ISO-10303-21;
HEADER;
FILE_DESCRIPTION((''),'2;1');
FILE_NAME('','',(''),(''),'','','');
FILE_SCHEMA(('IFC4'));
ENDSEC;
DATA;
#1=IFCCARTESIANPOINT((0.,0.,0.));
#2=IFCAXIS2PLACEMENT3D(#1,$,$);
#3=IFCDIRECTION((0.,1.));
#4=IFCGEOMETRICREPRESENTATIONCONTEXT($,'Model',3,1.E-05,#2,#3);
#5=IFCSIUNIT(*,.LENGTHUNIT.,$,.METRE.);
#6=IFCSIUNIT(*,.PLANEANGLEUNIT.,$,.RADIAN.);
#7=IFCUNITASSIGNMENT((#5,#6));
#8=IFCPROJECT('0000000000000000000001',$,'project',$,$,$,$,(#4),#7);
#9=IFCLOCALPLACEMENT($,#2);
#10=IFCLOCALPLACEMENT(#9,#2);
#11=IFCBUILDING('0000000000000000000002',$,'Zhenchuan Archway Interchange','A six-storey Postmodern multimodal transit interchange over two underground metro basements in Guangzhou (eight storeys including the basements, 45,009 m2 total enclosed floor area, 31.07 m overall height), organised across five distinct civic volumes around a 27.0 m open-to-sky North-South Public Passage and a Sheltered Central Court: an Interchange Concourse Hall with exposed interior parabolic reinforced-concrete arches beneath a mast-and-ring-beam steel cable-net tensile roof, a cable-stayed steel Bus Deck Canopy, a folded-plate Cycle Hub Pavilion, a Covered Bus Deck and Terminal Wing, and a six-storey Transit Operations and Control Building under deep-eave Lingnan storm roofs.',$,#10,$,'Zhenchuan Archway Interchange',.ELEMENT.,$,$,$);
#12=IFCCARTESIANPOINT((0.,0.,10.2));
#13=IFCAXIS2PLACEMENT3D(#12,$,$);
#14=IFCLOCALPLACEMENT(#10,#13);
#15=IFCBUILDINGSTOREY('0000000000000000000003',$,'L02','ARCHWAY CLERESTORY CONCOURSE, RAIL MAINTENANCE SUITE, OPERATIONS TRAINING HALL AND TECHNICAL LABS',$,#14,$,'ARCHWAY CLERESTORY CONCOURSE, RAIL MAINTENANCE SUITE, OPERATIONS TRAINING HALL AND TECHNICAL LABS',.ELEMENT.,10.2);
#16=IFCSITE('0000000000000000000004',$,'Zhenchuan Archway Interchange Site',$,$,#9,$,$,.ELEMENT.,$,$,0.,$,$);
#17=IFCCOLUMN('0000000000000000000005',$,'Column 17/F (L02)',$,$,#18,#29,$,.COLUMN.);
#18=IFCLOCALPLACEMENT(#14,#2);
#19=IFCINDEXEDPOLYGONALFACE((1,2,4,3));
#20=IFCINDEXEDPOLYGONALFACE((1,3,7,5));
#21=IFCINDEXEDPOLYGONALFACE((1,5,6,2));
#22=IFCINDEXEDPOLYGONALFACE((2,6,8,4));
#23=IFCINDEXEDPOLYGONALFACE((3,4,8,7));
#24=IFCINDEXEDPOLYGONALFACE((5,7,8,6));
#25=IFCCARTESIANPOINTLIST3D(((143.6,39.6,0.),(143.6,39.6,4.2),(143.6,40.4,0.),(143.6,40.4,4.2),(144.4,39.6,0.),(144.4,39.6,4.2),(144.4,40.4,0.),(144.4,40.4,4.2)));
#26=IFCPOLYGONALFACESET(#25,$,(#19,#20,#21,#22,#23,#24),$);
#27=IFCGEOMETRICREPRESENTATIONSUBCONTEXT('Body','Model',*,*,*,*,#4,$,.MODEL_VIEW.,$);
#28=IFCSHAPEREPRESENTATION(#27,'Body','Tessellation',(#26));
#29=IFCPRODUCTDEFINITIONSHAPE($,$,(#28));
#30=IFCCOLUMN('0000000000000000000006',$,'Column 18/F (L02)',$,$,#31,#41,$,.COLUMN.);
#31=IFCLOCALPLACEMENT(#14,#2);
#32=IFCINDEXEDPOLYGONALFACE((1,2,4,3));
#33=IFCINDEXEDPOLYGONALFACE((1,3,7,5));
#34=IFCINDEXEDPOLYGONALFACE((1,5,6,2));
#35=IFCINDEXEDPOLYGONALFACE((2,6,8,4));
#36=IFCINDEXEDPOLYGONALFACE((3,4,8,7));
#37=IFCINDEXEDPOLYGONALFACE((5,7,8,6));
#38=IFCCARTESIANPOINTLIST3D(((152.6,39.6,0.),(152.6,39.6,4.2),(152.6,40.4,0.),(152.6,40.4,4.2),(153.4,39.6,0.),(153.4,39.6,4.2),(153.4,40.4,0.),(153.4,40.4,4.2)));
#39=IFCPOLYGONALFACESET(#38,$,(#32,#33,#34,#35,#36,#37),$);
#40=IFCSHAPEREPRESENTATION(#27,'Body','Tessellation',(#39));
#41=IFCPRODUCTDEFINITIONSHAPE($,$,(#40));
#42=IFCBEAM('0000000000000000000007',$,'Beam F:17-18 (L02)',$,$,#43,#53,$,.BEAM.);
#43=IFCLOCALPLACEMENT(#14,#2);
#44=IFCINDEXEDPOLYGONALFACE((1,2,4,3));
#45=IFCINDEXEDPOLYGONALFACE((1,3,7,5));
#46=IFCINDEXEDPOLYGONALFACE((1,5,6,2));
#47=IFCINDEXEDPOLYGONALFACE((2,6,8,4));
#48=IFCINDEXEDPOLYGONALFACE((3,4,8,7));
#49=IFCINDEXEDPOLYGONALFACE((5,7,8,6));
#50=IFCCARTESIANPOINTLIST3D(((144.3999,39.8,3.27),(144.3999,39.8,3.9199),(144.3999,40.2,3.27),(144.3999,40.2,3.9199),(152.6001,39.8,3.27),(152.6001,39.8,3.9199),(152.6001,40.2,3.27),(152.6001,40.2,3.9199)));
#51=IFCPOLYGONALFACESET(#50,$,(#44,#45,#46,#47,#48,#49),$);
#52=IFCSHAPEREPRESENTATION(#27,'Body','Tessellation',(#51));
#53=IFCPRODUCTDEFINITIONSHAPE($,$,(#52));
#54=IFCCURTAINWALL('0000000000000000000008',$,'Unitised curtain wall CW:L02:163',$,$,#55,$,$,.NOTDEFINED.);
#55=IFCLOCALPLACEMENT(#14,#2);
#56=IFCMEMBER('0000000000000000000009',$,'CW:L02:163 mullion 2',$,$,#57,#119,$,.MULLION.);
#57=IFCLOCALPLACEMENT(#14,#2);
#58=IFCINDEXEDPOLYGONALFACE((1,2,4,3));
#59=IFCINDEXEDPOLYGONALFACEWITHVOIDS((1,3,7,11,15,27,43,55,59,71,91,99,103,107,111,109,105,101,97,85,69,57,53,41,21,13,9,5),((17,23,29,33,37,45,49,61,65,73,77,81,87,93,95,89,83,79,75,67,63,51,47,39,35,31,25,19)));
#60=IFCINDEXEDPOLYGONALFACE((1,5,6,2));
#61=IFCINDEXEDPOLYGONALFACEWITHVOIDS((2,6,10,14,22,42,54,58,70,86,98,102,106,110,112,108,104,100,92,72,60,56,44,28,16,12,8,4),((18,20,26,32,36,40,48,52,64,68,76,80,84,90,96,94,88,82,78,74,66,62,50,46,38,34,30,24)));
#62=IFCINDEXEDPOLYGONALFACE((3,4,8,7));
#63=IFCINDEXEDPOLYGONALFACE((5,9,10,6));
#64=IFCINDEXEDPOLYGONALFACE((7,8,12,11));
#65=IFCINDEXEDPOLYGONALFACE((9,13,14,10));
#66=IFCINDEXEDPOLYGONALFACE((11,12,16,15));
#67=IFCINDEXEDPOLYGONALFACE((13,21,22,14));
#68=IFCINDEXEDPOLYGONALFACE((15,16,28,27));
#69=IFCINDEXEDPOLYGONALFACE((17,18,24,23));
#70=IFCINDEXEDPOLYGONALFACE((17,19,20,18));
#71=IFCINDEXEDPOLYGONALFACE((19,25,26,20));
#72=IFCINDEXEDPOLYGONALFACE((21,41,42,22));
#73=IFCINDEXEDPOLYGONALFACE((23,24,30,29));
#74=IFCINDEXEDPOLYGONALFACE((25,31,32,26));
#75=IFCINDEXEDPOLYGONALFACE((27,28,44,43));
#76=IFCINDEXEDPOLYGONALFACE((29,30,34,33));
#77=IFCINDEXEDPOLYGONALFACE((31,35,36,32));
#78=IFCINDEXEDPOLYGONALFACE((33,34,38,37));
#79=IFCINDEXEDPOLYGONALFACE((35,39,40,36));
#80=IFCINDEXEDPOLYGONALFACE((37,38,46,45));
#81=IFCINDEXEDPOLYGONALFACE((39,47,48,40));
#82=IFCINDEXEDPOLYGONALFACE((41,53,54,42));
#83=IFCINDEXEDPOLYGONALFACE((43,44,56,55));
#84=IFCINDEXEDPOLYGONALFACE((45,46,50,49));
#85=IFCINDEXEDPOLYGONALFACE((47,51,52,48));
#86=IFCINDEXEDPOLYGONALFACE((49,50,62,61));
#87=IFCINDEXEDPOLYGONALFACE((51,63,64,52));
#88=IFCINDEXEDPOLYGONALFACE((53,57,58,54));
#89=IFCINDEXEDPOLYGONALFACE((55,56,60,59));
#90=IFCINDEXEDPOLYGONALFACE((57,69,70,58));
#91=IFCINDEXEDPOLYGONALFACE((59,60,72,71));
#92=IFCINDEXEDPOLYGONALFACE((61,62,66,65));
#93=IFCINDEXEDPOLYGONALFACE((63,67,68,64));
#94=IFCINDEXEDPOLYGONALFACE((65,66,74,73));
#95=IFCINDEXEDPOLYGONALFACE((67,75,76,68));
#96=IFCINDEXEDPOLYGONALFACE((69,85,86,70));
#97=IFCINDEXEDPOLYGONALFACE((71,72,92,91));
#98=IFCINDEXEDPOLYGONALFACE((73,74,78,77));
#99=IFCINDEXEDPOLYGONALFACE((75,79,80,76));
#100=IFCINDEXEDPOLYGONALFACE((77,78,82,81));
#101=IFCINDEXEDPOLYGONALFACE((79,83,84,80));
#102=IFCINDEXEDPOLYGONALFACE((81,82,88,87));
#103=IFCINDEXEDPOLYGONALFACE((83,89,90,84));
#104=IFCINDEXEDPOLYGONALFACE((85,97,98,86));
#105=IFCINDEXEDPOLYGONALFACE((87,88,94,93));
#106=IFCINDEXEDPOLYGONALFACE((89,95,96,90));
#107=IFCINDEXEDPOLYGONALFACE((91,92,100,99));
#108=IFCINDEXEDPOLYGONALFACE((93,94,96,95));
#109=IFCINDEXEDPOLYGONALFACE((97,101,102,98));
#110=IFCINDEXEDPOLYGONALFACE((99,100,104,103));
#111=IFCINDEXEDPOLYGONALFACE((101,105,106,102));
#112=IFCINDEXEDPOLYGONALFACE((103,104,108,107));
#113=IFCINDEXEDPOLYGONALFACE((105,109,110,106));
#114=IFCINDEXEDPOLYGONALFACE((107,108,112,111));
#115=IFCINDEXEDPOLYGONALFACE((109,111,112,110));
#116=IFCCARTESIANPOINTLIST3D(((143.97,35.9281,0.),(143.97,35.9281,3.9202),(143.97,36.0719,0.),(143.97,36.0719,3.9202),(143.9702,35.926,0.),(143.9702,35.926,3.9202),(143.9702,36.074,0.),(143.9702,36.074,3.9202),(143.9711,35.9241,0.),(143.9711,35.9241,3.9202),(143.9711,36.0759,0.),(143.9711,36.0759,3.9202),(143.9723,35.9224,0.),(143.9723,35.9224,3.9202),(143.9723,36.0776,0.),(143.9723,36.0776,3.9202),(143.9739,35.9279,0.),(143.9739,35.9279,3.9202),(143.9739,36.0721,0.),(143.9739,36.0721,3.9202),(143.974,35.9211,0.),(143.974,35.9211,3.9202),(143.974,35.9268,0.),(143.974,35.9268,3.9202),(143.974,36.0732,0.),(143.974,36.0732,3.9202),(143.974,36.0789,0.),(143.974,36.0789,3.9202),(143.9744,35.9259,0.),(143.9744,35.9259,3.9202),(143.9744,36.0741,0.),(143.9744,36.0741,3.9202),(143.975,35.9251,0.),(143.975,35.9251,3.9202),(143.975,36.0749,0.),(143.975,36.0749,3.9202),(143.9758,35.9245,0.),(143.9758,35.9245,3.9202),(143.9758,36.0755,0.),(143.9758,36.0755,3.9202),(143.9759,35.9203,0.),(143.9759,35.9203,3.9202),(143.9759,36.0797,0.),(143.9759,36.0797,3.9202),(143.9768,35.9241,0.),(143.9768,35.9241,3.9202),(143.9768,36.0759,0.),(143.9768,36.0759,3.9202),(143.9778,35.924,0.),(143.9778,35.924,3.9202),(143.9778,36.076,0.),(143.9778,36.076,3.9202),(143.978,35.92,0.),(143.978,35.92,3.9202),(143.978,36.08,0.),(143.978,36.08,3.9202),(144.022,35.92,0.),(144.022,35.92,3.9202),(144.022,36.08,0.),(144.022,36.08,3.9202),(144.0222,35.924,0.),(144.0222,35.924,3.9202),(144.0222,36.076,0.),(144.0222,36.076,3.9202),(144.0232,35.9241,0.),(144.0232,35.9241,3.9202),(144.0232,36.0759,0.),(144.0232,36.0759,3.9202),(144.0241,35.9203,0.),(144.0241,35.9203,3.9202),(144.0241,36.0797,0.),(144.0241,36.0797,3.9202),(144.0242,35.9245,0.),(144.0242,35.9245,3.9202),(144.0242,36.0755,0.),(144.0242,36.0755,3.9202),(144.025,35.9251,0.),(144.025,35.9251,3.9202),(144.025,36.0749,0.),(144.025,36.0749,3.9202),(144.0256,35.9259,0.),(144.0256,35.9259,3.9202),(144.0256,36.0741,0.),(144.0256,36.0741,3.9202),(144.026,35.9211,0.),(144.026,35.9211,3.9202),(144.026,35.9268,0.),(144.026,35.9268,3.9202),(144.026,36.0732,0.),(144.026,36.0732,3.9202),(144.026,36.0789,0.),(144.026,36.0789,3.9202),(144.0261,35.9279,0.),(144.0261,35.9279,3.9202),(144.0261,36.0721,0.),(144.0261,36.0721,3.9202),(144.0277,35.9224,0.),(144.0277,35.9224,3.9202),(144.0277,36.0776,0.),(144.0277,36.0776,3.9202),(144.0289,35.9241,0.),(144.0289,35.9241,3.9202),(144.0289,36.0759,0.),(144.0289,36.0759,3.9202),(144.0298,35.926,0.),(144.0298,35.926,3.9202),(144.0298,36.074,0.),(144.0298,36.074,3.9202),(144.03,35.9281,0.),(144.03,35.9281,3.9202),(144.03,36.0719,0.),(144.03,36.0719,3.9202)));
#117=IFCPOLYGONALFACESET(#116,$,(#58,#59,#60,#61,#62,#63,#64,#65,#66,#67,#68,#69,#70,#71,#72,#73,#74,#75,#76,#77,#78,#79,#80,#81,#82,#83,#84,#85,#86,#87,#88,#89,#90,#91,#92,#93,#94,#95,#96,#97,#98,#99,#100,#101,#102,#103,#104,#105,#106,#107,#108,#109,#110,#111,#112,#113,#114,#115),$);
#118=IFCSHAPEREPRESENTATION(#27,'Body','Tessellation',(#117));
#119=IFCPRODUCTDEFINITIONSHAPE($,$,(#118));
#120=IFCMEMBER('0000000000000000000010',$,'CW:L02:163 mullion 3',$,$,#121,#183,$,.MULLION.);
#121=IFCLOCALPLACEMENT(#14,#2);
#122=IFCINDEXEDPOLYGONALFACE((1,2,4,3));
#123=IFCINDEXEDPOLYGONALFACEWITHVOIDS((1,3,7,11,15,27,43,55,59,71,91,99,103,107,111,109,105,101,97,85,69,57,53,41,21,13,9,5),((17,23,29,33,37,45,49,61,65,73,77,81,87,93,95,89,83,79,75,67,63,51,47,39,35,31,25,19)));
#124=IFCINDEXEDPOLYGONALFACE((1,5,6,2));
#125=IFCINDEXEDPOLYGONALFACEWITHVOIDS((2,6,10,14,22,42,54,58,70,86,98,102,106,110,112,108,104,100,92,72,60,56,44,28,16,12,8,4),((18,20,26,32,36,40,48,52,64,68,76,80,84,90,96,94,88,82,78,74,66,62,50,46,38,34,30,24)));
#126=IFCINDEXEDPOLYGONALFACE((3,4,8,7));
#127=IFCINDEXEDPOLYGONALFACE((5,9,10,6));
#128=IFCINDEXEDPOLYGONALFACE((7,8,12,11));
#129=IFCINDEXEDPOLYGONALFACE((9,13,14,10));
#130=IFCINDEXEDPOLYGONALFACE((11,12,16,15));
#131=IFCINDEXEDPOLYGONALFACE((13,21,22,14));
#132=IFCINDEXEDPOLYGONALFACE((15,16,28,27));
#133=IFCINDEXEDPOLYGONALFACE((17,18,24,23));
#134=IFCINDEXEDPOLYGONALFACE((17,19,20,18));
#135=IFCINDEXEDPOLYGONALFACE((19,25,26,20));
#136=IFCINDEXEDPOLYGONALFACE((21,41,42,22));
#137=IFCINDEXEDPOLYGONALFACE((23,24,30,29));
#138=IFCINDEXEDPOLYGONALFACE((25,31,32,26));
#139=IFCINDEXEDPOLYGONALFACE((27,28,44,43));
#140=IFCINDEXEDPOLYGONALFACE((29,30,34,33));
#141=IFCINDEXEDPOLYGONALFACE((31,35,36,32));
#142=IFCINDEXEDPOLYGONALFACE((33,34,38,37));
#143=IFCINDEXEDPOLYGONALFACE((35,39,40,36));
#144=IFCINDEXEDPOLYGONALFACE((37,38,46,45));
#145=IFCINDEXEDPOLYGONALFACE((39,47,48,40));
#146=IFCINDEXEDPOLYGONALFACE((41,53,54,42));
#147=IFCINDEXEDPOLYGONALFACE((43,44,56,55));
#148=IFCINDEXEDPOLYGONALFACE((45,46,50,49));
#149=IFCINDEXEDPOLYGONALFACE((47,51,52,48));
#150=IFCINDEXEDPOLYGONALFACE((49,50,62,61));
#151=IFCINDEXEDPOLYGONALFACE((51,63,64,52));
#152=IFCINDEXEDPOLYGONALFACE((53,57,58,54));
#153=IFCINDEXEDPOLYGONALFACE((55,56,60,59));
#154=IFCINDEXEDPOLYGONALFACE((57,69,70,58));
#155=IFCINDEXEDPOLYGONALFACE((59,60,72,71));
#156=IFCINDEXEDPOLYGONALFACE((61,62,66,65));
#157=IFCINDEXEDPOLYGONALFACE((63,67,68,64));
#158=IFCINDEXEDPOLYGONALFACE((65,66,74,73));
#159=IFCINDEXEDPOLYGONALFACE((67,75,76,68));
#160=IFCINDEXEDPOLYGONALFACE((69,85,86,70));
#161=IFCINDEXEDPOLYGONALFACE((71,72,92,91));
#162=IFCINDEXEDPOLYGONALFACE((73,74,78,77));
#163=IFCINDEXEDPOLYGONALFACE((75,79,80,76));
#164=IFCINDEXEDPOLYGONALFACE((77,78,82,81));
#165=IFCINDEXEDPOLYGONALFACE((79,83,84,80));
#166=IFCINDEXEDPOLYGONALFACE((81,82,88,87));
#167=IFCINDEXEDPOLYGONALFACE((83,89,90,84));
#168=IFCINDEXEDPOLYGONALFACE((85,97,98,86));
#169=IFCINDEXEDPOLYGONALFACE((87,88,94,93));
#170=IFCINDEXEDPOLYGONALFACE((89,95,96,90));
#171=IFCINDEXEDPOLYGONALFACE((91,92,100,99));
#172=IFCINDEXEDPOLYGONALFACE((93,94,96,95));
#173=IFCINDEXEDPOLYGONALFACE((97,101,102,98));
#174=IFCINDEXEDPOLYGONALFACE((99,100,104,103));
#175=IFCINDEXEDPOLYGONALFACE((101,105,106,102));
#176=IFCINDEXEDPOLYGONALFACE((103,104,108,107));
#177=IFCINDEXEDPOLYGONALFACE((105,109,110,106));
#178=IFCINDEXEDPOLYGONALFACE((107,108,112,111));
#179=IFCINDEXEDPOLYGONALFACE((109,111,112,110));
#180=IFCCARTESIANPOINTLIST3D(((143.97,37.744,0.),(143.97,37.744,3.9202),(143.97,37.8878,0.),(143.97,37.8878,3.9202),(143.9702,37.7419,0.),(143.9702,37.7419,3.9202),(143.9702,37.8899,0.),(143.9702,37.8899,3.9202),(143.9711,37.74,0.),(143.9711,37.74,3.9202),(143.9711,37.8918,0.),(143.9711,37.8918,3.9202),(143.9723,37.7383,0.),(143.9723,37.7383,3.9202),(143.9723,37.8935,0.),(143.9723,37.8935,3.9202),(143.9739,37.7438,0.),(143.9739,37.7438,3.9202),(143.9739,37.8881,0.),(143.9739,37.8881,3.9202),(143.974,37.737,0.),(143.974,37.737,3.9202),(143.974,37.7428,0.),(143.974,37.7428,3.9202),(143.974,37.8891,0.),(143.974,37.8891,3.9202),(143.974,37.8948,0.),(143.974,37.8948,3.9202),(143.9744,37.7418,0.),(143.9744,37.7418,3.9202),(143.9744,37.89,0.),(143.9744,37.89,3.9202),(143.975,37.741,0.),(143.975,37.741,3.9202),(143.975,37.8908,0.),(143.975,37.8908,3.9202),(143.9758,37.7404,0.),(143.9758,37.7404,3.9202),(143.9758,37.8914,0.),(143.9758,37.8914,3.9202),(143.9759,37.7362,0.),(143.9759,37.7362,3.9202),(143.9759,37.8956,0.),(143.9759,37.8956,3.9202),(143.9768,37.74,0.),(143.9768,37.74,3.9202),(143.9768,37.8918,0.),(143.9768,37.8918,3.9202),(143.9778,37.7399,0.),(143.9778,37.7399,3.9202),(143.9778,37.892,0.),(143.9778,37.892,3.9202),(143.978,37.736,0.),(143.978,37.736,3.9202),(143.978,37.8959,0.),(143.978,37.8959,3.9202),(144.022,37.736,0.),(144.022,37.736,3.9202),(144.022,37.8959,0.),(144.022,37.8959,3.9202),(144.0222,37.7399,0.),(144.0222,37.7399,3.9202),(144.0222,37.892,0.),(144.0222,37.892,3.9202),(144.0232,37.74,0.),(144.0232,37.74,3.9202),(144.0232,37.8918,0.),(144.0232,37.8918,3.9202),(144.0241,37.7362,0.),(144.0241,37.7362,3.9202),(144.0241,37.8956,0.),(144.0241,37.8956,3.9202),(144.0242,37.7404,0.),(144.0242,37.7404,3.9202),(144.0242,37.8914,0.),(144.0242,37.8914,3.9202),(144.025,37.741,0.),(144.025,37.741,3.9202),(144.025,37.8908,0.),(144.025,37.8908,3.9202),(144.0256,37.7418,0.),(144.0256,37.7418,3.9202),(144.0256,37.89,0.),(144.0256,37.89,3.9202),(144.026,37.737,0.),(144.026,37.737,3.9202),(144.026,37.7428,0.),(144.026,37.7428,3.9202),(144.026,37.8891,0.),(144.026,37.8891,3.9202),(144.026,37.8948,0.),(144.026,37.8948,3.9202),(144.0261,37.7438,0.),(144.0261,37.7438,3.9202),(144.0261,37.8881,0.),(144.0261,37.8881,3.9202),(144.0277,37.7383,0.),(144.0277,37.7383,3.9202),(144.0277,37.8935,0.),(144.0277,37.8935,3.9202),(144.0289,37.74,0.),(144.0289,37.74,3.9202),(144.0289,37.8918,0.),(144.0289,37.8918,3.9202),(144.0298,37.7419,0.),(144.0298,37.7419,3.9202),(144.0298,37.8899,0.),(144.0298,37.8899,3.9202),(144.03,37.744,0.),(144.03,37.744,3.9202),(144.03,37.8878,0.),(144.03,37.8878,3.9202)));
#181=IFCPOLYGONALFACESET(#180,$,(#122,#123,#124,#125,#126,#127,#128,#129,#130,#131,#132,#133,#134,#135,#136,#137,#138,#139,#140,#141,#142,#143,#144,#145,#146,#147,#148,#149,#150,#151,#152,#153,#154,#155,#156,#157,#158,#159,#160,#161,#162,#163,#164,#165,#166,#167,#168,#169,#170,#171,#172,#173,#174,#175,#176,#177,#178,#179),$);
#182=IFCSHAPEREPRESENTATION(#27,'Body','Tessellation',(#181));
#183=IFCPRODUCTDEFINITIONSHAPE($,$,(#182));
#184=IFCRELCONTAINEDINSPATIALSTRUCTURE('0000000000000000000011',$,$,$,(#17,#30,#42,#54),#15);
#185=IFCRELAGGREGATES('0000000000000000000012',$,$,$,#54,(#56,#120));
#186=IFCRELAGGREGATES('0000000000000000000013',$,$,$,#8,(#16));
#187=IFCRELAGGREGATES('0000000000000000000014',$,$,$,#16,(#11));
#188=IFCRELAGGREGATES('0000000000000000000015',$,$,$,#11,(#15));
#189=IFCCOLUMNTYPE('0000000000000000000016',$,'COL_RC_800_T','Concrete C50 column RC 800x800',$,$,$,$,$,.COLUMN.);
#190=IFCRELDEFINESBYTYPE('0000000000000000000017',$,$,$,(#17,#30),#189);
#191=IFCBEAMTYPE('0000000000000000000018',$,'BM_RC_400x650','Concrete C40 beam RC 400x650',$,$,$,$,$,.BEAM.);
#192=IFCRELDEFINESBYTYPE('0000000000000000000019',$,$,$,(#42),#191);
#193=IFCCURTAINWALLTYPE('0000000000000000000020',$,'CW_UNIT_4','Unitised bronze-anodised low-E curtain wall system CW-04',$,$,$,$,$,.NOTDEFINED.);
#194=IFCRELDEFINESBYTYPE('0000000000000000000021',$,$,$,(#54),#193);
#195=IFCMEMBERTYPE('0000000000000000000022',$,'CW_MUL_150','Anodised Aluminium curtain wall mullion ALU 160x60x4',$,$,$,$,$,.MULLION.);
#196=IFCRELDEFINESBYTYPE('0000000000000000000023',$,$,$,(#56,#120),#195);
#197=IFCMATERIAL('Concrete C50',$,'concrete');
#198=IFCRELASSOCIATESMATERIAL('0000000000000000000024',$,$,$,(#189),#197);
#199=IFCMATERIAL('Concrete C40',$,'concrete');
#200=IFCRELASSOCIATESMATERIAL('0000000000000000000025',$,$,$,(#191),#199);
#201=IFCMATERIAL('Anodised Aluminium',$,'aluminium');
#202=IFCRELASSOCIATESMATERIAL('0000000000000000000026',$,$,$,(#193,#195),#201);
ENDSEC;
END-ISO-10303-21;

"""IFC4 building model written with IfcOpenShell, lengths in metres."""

from ifc_helpers import new_model, si_unit, direction, frame, origin, origin_2d, place, context, subcontext, project, spatial, rectangle, hollow_rectangle, extrude, material, material_profile, profile_set, type_object, element, aggregate, save


model = new_model("IFC4")

# Units and contexts
model_context = context("Model", 3, precision=1e-05, world=origin(), true_north=direction((0.0, 1.0)))
body_context = subcontext(model_context, "Body", "Model", "MODEL_VIEW")
ifc_project = project(units=[si_unit("LENGTHUNIT", "METRE"), si_unit("PLANEANGLEUNIT", "RADIAN")], contexts=[model_context])

# Site, building, storey
site_placement = place(None, origin())
site = spatial("IfcSite", under=ifc_project, at=site_placement, Name="Zhenchuan Archway Interchange Site", CompositionType="ELEMENT", RefElevation=0.0)
building_placement = place(site_placement, origin())
building = spatial("IfcBuilding", under=site, at=building_placement, Name="Zhenchuan Archway Interchange", Description="A six-storey Postmodern multimodal transit interchange over two underground metro basements in Guangzhou (eight storeys including the basements, 45,009 m2 total enclosed floor area, 31.07 m overall height), organised across five distinct civic volumes around a 27.0 m open-to-sky North-South Public Passage and a Sheltered Central Court: an Interchange Concourse Hall with exposed interior parabolic reinforced-concrete arches beneath a mast-and-ring-beam steel cable-net tensile roof, a cable-stayed steel Bus Deck Canopy, a folded-plate Cycle Hub Pavilion, a Covered Bus Deck and Terminal Wing, and a six-storey Transit Operations and Control Building under deep-eave Lingnan storm roofs.", LongName="Zhenchuan Archway Interchange", CompositionType="ELEMENT")
storey_placement = place(building_placement, frame((0.0, 0.0, 10.2)))
storey = spatial("IfcBuildingStorey", under=building, at=storey_placement, Name="L02", Description="ARCHWAY CLERESTORY CONCOURSE, RAIL MAINTENANCE SUITE, OPERATIONS TRAINING HALL AND TECHNICAL LABS", LongName="ARCHWAY CLERESTORY CONCOURSE, RAIL MAINTENANCE SUITE, OPERATIONS TRAINING HALL AND TECHNICAL LABS", CompositionType="ELEMENT", Elevation=10.2)

# Columns
ifc_material_1 = material(Name="Concrete C50", Category="concrete")
ifc_material_profile_1 = material_profile(ifc_material_1, rectangle(XDim=0.8, YDim=0.8, at=origin_2d()), Name="RC 800x800")
ifc_profile_set_1 = profile_set([ifc_material_profile_1], Name="Concrete C50")
column_type = type_object("IfcColumnType", Name="COL_RC_800_T", Description="Concrete C50 column RC 800x800", PredefinedType="COLUMN", material=ifc_profile_set_1)
for number, where, z_axis, x_axis, name in (
    (1, (144.0, 40.0, 0.0), (0.0, 0.0, 1.0), (1.0, 0.0, 0.0), "Column 17/F (L02)"),
    (2, (153.0, 40.0, 0.0), (0.0, 0.0, 1.0), (1.0, 0.0, 0.0), "Column 18/F (L02)"),
):
    element("IfcColumn", number, at=place(storey_placement, frame(where, z_axis=z_axis, x_axis=x_axis)), inside=storey, type_object=column_type, Name=name, PredefinedType="COLUMN", context=body_context, shape_type="SweptSolid", body=[
        extrude(rectangle(XDim=0.8, YDim=0.8, at=origin_2d()), origin(), (0.0, 0.0, 1.0), 4.2),
    ])

# Beam
ifc_material_2 = material(Name="Concrete C40", Category="concrete")
ifc_material_profile_2 = material_profile(ifc_material_2, rectangle(XDim=0.3999, YDim=0.6499, at=origin_2d()), Name="RC 400x650")
ifc_profile_set_2 = profile_set([ifc_material_profile_2], Name="Concrete C40")
beam_type_1 = type_object("IfcBeamType", Name="BM_RC_400x650", Description="Concrete C40 beam RC 400x650", PredefinedType="BEAM", material=ifc_profile_set_2)
beam_placement = place(storey_placement, frame((144.3999, 40.0, 3.595), z_axis=(1.0, 0.0, 0.0), x_axis=(0.0, 1.0, 0.0)))
element("IfcBeam", 3, at=beam_placement, inside=storey, type_object=beam_type_1, Name="Beam F:17-18 (L02)", PredefinedType="BEAM", context=body_context, shape_type="SweptSolid", body=[
    extrude(rectangle(XDim=0.3999, YDim=0.6499, at=origin_2d()), origin(), (0.0, 0.0, 1.0), 8.2002),
])

# Curtain wall, members
ifc_material_3 = material(Name="Anodised Aluminium", Category="aluminium")
curtain_wall_type = type_object("IfcCurtainWallType", Name="CW_UNIT_4", Description="Unitised bronze-anodised low-E curtain wall system CW-04", PredefinedType="NOTDEFINED", material=ifc_material_3)
curtain_wall_placement = place(storey_placement, origin())
curtain_wall = element("IfcCurtainWall", 4, at=curtain_wall_placement, inside=storey, type_object=curtain_wall_type, Name="Unitised curtain wall CW:L02:163", PredefinedType="NOTDEFINED")
ifc_material_profile_3 = material_profile(ifc_material_3, hollow_rectangle(XDim=0.0601, YDim=0.1599, WallThickness=0.0039, InnerFilletRadius=0.0039, OuterFilletRadius=0.0081, at=origin_2d()), Name="ALU 160x60x4")
ifc_profile_set_3 = profile_set([ifc_material_profile_3], Name="Anodised Aluminium")
member_type_1 = type_object("IfcMemberType", Name="CW_MUL_150", Description="Anodised Aluminium curtain wall mullion ALU 160x60x4", PredefinedType="MULLION", material=ifc_profile_set_3)
member_1_placement = place(storey_placement, frame((144.0, 36.0, 0.0), z_axis=(0.0, 0.0, 1.0), x_axis=(1.0, 0.0, 0.0)))
member_1 = element("IfcMember", 5, at=member_1_placement, type_object=member_type_1, Name="CW:L02:163 mullion 2", PredefinedType="MULLION", context=body_context, shape_type="SweptSolid", body=[
    extrude(hollow_rectangle(XDim=0.0601, YDim=0.1599, WallThickness=0.0039, InnerFilletRadius=0.0039, OuterFilletRadius=0.0081, at=origin_2d()), origin(), (0.0, 0.0, 1.0), 3.9202),
])
member_2_placement = place(storey_placement, frame((144.0, 37.8159, 0.0), z_axis=(0.0, 0.0, 1.0), x_axis=(1.0, 0.0, 0.0)))
member_2 = element("IfcMember", 6, at=member_2_placement, type_object=member_type_1, Name="CW:L02:163 mullion 3", PredefinedType="MULLION", context=body_context, shape_type="SweptSolid", body=[
    extrude(hollow_rectangle(XDim=0.0601, YDim=0.1599, WallThickness=0.0039, InnerFilletRadius=0.0039, OuterFilletRadius=0.0081, at=origin_2d()), origin(), (0.0, 0.0, 1.0), 3.9202),
])

aggregate(curtain_wall, [member_1, member_2])

save(model, "model.ifc")
